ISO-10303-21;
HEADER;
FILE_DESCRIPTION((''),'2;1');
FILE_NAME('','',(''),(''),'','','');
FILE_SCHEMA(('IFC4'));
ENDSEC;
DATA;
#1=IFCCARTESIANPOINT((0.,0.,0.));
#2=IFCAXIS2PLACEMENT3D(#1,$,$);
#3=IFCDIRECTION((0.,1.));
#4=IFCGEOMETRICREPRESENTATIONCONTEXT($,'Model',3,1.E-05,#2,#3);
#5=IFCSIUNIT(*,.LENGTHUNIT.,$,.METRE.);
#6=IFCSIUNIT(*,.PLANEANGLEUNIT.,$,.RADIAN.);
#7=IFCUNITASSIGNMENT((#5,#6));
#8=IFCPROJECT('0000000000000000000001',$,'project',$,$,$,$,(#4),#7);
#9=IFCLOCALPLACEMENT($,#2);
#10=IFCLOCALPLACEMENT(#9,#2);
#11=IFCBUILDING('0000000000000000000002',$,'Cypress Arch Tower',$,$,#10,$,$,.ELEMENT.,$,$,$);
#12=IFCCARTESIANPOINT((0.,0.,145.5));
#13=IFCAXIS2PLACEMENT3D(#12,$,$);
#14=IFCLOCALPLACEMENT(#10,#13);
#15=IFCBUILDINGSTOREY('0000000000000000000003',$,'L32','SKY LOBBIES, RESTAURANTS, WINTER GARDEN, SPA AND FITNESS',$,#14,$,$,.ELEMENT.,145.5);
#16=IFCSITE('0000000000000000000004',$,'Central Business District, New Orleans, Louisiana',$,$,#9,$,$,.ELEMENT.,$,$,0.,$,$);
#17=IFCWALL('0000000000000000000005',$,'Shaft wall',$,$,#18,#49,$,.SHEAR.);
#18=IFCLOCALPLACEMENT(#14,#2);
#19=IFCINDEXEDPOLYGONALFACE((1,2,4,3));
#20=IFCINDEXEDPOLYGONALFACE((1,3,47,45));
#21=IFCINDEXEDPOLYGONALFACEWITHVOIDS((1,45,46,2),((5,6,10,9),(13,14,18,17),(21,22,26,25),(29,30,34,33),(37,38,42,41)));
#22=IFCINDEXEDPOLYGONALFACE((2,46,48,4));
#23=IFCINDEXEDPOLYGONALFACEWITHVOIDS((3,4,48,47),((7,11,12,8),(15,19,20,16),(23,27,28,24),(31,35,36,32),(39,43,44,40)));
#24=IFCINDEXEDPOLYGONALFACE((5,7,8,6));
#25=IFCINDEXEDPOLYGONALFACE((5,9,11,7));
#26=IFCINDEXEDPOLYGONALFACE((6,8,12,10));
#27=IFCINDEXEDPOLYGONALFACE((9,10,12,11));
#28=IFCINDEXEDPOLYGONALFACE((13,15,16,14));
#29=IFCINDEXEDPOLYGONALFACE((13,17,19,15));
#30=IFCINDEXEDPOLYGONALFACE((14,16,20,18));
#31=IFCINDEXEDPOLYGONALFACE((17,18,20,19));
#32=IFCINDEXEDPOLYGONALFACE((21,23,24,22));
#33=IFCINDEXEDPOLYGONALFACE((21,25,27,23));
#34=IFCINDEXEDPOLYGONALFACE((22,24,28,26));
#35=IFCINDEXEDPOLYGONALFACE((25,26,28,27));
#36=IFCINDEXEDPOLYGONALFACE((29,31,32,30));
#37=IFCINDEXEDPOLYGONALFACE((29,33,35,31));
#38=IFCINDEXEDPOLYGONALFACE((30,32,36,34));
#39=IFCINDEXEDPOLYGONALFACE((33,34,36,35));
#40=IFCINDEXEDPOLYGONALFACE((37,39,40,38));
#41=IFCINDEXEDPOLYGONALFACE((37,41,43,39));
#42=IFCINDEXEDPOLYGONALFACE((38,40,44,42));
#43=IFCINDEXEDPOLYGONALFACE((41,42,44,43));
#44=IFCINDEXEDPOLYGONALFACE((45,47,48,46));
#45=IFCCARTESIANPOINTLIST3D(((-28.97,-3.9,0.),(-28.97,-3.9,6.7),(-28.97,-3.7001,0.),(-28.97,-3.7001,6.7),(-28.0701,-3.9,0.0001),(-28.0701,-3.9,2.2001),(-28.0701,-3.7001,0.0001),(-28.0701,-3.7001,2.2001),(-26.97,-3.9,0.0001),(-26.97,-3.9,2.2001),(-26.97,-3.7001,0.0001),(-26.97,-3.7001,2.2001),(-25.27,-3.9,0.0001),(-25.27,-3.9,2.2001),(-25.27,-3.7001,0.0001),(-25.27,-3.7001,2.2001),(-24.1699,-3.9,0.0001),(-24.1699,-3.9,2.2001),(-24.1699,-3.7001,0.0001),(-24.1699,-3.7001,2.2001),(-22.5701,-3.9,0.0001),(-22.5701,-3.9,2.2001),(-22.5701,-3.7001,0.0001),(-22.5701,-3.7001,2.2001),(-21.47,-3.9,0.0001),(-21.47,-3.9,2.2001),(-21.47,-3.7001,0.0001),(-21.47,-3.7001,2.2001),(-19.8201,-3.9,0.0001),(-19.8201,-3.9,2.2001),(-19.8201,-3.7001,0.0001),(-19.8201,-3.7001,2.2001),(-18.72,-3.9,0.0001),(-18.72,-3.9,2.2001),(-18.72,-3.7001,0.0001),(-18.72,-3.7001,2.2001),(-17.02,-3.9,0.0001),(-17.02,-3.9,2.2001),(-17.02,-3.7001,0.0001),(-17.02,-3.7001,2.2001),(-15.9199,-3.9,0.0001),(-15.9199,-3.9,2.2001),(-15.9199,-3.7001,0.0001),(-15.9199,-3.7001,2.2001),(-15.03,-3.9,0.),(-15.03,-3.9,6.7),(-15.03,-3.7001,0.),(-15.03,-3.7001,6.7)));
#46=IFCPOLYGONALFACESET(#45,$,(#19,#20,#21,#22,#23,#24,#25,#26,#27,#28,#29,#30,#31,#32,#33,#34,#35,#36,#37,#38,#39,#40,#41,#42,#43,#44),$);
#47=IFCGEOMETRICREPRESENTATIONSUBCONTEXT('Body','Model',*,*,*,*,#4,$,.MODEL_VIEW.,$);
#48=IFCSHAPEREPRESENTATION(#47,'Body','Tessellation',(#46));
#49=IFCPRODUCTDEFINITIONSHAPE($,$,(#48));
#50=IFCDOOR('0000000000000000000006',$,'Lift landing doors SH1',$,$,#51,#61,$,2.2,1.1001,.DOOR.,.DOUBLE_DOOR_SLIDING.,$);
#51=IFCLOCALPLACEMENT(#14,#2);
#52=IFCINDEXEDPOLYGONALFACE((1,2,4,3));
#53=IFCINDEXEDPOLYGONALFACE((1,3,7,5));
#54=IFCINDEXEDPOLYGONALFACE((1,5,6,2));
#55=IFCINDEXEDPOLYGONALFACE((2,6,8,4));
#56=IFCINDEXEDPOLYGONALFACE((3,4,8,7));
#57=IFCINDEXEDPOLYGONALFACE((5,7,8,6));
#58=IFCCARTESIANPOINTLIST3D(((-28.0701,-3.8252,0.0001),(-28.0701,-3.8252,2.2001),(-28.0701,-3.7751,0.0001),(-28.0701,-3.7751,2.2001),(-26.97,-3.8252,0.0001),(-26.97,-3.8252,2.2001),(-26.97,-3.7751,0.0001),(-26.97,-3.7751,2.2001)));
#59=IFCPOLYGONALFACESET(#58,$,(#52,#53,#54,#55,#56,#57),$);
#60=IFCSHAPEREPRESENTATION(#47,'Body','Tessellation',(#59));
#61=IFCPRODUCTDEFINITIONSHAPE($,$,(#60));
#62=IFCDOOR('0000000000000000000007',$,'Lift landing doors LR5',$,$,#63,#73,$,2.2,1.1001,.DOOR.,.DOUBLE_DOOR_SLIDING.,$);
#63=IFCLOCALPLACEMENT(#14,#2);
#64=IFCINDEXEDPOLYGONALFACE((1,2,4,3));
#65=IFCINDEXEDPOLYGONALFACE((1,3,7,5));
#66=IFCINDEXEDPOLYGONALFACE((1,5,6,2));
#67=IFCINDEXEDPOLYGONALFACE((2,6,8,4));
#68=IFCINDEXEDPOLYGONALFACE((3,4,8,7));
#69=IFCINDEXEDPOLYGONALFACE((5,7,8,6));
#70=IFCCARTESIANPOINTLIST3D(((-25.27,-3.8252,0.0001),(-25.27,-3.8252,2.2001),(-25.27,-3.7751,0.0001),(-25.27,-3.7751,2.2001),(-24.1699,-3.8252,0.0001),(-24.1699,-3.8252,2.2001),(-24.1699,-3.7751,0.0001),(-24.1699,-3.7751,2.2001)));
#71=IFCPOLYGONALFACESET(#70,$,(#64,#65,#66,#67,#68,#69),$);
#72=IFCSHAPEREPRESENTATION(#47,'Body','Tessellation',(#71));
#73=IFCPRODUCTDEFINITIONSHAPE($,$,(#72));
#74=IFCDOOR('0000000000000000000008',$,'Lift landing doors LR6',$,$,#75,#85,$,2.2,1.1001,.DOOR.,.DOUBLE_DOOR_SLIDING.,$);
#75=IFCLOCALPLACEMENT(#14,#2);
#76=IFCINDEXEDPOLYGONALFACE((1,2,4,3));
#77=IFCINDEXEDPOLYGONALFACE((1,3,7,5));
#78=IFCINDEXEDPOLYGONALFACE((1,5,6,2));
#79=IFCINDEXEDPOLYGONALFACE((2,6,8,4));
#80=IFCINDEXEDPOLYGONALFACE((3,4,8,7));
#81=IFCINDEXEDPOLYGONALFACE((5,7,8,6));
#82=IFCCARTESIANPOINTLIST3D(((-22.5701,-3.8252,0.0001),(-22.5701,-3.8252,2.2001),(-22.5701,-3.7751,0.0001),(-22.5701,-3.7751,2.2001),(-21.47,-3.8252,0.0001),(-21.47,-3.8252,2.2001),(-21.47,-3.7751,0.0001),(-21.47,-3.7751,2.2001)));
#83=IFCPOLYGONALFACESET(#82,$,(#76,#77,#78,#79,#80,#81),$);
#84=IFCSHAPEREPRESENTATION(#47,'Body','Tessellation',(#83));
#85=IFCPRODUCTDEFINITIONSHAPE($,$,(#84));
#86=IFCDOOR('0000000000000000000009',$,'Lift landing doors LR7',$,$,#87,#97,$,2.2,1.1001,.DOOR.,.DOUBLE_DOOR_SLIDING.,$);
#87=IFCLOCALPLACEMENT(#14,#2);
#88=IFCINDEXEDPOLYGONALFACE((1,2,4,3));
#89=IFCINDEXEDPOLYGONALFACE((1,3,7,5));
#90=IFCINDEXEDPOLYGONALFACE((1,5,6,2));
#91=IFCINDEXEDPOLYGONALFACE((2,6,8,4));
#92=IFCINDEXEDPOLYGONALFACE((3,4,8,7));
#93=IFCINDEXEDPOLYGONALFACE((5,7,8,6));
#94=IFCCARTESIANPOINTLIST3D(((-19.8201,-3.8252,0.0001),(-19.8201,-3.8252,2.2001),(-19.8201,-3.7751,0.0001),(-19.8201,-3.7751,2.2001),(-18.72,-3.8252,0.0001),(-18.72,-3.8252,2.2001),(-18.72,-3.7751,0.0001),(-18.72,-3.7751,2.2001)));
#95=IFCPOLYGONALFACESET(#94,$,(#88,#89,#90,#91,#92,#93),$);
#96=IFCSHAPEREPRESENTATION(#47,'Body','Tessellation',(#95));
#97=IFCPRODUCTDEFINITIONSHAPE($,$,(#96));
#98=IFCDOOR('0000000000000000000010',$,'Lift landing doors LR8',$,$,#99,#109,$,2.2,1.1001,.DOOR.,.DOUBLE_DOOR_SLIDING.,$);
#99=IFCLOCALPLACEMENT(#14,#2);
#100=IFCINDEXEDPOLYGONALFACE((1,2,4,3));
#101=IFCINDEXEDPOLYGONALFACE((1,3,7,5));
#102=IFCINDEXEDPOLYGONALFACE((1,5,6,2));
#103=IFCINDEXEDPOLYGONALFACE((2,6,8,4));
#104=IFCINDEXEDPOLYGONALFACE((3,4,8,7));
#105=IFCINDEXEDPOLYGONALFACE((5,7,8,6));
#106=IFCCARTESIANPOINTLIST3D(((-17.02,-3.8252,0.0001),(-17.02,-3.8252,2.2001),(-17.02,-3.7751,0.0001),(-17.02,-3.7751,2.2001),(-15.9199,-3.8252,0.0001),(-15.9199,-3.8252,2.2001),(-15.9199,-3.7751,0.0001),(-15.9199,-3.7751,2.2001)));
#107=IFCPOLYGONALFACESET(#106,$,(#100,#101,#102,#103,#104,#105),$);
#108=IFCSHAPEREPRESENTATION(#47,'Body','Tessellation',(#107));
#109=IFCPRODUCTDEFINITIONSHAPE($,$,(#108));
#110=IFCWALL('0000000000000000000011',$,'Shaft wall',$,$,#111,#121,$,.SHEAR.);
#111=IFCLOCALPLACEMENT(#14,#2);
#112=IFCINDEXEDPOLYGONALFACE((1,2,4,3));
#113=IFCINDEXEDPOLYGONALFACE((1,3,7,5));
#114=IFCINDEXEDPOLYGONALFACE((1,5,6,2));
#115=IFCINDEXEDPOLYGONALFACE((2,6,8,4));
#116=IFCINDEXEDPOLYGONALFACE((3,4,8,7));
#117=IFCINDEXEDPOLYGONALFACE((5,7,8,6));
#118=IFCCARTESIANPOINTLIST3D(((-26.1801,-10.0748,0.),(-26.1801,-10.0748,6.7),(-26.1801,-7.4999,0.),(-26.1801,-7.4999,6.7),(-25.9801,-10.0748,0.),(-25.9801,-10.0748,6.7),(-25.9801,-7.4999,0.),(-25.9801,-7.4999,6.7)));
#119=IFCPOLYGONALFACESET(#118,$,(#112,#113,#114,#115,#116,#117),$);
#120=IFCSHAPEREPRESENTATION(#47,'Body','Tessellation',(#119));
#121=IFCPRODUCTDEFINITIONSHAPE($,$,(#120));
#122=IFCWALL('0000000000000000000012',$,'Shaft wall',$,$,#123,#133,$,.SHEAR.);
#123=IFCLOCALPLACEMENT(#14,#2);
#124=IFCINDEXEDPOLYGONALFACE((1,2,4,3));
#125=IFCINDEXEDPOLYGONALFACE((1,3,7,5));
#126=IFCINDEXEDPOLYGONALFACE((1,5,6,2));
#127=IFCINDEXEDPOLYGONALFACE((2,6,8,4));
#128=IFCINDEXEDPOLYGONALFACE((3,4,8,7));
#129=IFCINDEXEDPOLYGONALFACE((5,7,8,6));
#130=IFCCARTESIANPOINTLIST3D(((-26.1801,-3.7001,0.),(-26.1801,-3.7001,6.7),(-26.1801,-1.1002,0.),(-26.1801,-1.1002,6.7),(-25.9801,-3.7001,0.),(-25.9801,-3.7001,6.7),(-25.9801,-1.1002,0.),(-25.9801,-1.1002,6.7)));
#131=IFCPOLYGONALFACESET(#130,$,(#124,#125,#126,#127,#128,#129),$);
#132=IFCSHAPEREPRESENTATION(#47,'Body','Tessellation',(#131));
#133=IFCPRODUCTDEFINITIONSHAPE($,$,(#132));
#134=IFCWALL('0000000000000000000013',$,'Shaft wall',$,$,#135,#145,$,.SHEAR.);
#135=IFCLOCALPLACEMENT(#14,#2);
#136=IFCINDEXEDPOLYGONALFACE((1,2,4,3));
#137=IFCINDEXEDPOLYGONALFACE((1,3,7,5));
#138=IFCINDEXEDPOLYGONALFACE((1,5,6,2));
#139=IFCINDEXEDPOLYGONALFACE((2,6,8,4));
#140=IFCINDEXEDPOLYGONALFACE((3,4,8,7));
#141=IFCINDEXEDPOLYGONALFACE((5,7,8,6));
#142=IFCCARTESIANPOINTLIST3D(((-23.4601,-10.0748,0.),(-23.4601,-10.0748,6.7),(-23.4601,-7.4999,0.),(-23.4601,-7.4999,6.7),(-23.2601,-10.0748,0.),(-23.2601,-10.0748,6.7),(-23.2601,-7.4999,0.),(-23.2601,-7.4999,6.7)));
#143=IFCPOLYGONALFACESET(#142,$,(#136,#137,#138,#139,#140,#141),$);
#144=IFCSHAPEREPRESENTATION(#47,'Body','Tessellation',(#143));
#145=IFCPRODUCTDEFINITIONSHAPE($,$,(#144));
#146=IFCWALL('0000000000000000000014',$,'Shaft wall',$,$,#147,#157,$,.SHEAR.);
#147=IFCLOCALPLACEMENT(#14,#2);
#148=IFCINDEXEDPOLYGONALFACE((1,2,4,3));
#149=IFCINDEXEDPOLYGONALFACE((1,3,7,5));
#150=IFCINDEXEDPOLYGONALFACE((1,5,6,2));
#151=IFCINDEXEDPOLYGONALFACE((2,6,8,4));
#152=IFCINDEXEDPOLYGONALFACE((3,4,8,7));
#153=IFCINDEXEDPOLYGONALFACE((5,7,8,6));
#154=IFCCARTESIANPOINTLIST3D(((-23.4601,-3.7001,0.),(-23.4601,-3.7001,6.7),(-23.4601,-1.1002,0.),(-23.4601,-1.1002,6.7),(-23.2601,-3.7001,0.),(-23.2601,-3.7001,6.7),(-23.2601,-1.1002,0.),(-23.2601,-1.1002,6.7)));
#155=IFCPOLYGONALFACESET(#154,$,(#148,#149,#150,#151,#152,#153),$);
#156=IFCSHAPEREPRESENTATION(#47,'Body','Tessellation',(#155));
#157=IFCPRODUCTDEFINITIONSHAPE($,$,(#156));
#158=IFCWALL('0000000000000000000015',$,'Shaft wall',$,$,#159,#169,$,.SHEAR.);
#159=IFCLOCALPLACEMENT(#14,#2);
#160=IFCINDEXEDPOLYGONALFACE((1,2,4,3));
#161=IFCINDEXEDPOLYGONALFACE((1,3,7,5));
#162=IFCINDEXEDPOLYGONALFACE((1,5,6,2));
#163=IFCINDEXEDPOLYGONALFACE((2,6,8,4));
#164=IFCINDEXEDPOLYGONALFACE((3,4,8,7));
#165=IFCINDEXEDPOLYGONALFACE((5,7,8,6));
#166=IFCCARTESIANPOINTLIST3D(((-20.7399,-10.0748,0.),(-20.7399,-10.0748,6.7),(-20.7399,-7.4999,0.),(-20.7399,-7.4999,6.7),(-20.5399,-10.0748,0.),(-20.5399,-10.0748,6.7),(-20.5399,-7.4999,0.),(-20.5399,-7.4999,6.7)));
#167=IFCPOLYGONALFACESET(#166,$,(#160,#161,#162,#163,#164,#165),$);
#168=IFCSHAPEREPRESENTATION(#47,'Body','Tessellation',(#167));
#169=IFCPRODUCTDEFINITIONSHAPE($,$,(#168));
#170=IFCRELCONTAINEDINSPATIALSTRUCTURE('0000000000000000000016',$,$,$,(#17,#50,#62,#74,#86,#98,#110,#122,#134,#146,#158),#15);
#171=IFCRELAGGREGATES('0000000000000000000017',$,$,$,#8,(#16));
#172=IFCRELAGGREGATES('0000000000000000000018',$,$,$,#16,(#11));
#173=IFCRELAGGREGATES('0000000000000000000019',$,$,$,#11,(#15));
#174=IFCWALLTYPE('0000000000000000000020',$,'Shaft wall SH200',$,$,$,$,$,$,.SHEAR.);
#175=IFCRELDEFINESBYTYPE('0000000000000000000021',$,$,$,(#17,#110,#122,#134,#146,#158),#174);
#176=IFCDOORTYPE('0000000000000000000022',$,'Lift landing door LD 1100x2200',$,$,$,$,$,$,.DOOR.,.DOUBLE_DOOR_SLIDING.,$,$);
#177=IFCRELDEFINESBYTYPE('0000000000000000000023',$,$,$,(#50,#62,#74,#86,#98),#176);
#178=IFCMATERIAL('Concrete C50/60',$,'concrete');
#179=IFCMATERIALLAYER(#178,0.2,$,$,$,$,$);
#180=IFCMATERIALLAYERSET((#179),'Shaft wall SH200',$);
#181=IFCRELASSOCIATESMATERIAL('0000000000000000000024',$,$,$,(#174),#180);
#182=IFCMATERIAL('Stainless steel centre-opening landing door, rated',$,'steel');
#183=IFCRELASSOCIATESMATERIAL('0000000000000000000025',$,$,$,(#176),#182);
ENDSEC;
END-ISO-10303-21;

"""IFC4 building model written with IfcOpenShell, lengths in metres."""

from ifc_helpers import new_model, si_unit, direction, frame, frame_2d, origin, place, context, subcontext, project, spatial, rectangle, extrude, material, layer, layer_set, type_object, element, fill, save


model = new_model("IFC4")

# Units and contexts
model_context = context("Model", 3, precision=1e-05, world=origin(), true_north=direction((0.0, 1.0)))
body_context = subcontext(model_context, "Body", "Model", "MODEL_VIEW")
ifc_project = project(units=[si_unit("LENGTHUNIT", "METRE"), si_unit("PLANEANGLEUNIT", "RADIAN")], contexts=[model_context])

# Site, building, storey
site_placement = place(None, origin())
site = spatial("IfcSite", under=ifc_project, at=site_placement, Name="Central Business District, New Orleans, Louisiana", CompositionType="ELEMENT", RefElevation=0.0)
building_placement = place(site_placement, origin())
building = spatial("IfcBuilding", under=site, at=building_placement, Name="Cypress Arch Tower", CompositionType="ELEMENT")
storey_placement = place(building_placement, frame((0.0, 0.0, 145.5)))
storey = spatial("IfcBuildingStorey", under=building, at=storey_placement, Name="L32", Description="SKY LOBBIES, RESTAURANTS, WINTER GARDEN, SPA AND FITNESS", CompositionType="ELEMENT", Elevation=145.5)

# Wall, openings, doors
ifc_material_1 = material(Name="Concrete C50/60", Category="concrete")
ifc_layer_1 = layer(ifc_material_1, 0.2)
ifc_layer_set_1 = layer_set([ifc_layer_1], Name="Shaft wall SH200")
wall_type_1 = type_object("IfcWallType", Name="Shaft wall SH200", PredefinedType="SHEAR", material=ifc_layer_set_1)
ifc_material_2 = material(Name="Stainless steel centre-opening landing door, rated", Category="steel")
door_type = type_object("IfcDoorType", Name="Lift landing door LD 1100x2200", OperationType="DOUBLE_DOOR_SLIDING", PredefinedType="DOOR", material=ifc_material_2)
wall_1_placement = place(storey_placement, frame((-28.97, -3.8, 0.0), z_axis=(0.0, 0.0, 1.0), x_axis=(1.0, 0.0, 0.0)))
wall_1 = element("IfcWall", 1, at=wall_1_placement, inside=storey, type_object=wall_type_1, Name="Shaft wall", PredefinedType="SHEAR", context=body_context, shape_type="SweptSolid", body=[
    extrude(rectangle(XDim=13.9399, YDim=0.2, at=frame_2d((6.97, 0.0))), origin(), (0.0, 0.0, 1.0), 6.7),
])
opening_1_placement = place(wall_1_placement, frame((0.8999, 0.0, 0.0)))
opening_1 = element("IfcOpeningElement", 2, at=opening_1_placement, cuts=wall_1, PredefinedType="OPENING", context=body_context, shape_type="SweptSolid", body=[
    extrude(rectangle(XDim=1.1001, YDim=2.2, at=frame_2d((0.55, 1.1001))), frame((0.0, 0.1099, 0.0), z_axis=(0.0, -1.0, 0.0), x_axis=(1.0, 0.0, 0.0)), (0.0, 0.0, 1.0), 0.22),
])
opening_2_placement = place(wall_1_placement, frame((3.7, 0.0, 0.0)))
opening_2 = element("IfcOpeningElement", 3, at=opening_2_placement, cuts=wall_1, PredefinedType="OPENING", context=body_context, shape_type="SweptSolid", body=[
    extrude(rectangle(XDim=1.1001, YDim=2.2, at=frame_2d((0.55, 1.1001))), frame((0.0, 0.1099, 0.0), z_axis=(0.0, -1.0, 0.0), x_axis=(1.0, 0.0, 0.0)), (0.0, 0.0, 1.0), 0.22),
])
opening_3_placement = place(wall_1_placement, frame((6.3999, 0.0, 0.0)))
opening_3 = element("IfcOpeningElement", 4, at=opening_3_placement, cuts=wall_1, PredefinedType="OPENING", context=body_context, shape_type="SweptSolid", body=[
    extrude(rectangle(XDim=1.1001, YDim=2.2, at=frame_2d((0.55, 1.1001))), frame((0.0, 0.1099, 0.0), z_axis=(0.0, -1.0, 0.0), x_axis=(1.0, 0.0, 0.0)), (0.0, 0.0, 1.0), 0.22),
])
opening_4_placement = place(wall_1_placement, frame((9.1499, 0.0, 0.0)))
opening_4 = element("IfcOpeningElement", 5, at=opening_4_placement, cuts=wall_1, PredefinedType="OPENING", context=body_context, shape_type="SweptSolid", body=[
    extrude(rectangle(XDim=1.1001, YDim=2.2, at=frame_2d((0.55, 1.1001))), frame((0.0, 0.1099, 0.0), z_axis=(0.0, -1.0, 0.0), x_axis=(1.0, 0.0, 0.0)), (0.0, 0.0, 1.0), 0.22),
])
opening_5_placement = place(wall_1_placement, frame((11.95, 0.0, 0.0)))
opening_5 = element("IfcOpeningElement", 6, at=opening_5_placement, cuts=wall_1, PredefinedType="OPENING", context=body_context, shape_type="SweptSolid", body=[
    extrude(rectangle(XDim=1.1001, YDim=2.2, at=frame_2d((0.55, 1.1001))), frame((0.0, 0.1099, 0.0), z_axis=(0.0, -1.0, 0.0), x_axis=(1.0, 0.0, 0.0)), (0.0, 0.0, 1.0), 0.22),
])
door_1_placement = place(opening_1_placement, origin())
door_1 = element("IfcDoor", 7, at=door_1_placement, inside=storey, type_object=door_type, Name="Lift landing doors SH1", OperationType="DOUBLE_DOOR_SLIDING", OverallHeight=2.2, OverallWidth=1.1001, PredefinedType="DOOR", context=body_context, shape_type="SweptSolid", body=[
    extrude(rectangle(XDim=1.1001, YDim=2.2, at=frame_2d((0.55, 1.1001))), frame((0.0, 0.0249, 0.0), z_axis=(0.0, -1.0, 0.0), x_axis=(1.0, 0.0, 0.0)), (0.0, 0.0, 1.0), 0.05),
])
fill(opening_1, door_1)
door_2_placement = place(opening_2_placement, origin())
door_2 = element("IfcDoor", 8, at=door_2_placement, inside=storey, type_object=door_type, Name="Lift landing doors LR5", OperationType="DOUBLE_DOOR_SLIDING", OverallHeight=2.2, OverallWidth=1.1001, PredefinedType="DOOR", context=body_context, shape_type="SweptSolid", body=[
    extrude(rectangle(XDim=1.1001, YDim=2.2, at=frame_2d((0.55, 1.1001))), frame((0.0, 0.0249, 0.0), z_axis=(0.0, -1.0, 0.0), x_axis=(1.0, 0.0, 0.0)), (0.0, 0.0, 1.0), 0.05),
])
fill(opening_2, door_2)
door_3_placement = place(opening_3_placement, origin())
door_3 = element("IfcDoor", 9, at=door_3_placement, inside=storey, type_object=door_type, Name="Lift landing doors LR6", OperationType="DOUBLE_DOOR_SLIDING", OverallHeight=2.2, OverallWidth=1.1001, PredefinedType="DOOR", context=body_context, shape_type="SweptSolid", body=[
    extrude(rectangle(XDim=1.1001, YDim=2.2, at=frame_2d((0.55, 1.1001))), frame((0.0, 0.0249, 0.0), z_axis=(0.0, -1.0, 0.0), x_axis=(1.0, 0.0, 0.0)), (0.0, 0.0, 1.0), 0.05),
])
fill(opening_3, door_3)
door_4_placement = place(opening_4_placement, origin())
door_4 = element("IfcDoor", 10, at=door_4_placement, inside=storey, type_object=door_type, Name="Lift landing doors LR7", OperationType="DOUBLE_DOOR_SLIDING", OverallHeight=2.2, OverallWidth=1.1001, PredefinedType="DOOR", context=body_context, shape_type="SweptSolid", body=[
    extrude(rectangle(XDim=1.1001, YDim=2.2, at=frame_2d((0.55, 1.1001))), frame((0.0, 0.0249, 0.0), z_axis=(0.0, -1.0, 0.0), x_axis=(1.0, 0.0, 0.0)), (0.0, 0.0, 1.0), 0.05),
])
fill(opening_4, door_4)
door_5_placement = place(opening_5_placement, origin())
door_5 = element("IfcDoor", 11, at=door_5_placement, inside=storey, type_object=door_type, Name="Lift landing doors LR8", OperationType="DOUBLE_DOOR_SLIDING", OverallHeight=2.2, OverallWidth=1.1001, PredefinedType="DOOR", context=body_context, shape_type="SweptSolid", body=[
    extrude(rectangle(XDim=1.1001, YDim=2.2, at=frame_2d((0.55, 1.1001))), frame((0.0, 0.0249, 0.0), z_axis=(0.0, -1.0, 0.0), x_axis=(1.0, 0.0, 0.0)), (0.0, 0.0, 1.0), 0.05),
])
fill(opening_5, door_5)

# Walls
wall_2_placement = place(storey_placement, frame((-26.0801, -10.075, 0.0), z_axis=(0.0, 0.0, 1.0), x_axis=(0.0, 1.0, 0.0)))
element("IfcWall", 12, at=wall_2_placement, inside=storey, type_object=wall_type_1, Name="Shaft wall", PredefinedType="SHEAR", context=body_context, shape_type="SweptSolid", body=[
    extrude(rectangle(XDim=2.575, YDim=0.2, at=frame_2d((1.2876, 0.0))), origin(), (0.0, 0.0, 1.0), 6.7),
])
wall_3_placement = place(storey_placement, frame((-26.0801, -3.7, 0.0), z_axis=(0.0, 0.0, 1.0), x_axis=(0.0, 1.0, 0.0)))
element("IfcWall", 13, at=wall_3_placement, inside=storey, type_object=wall_type_1, Name="Shaft wall", PredefinedType="SHEAR", context=body_context, shape_type="SweptSolid", body=[
    extrude(rectangle(XDim=2.5999, YDim=0.2, at=frame_2d((1.2998, 0.0))), origin(), (0.0, 0.0, 1.0), 6.7),
])
wall_4_placement = place(storey_placement, frame((-23.3601, -10.075, 0.0), z_axis=(0.0, 0.0, 1.0), x_axis=(0.0, 1.0, 0.0)))
element("IfcWall", 14, at=wall_4_placement, inside=storey, type_object=wall_type_1, Name="Shaft wall", PredefinedType="SHEAR", context=body_context, shape_type="SweptSolid", body=[
    extrude(rectangle(XDim=2.575, YDim=0.2, at=frame_2d((1.2876, 0.0))), origin(), (0.0, 0.0, 1.0), 6.7),
])
wall_5_placement = place(storey_placement, frame((-23.3601, -3.7, 0.0), z_axis=(0.0, 0.0, 1.0), x_axis=(0.0, 1.0, 0.0)))
element("IfcWall", 15, at=wall_5_placement, inside=storey, type_object=wall_type_1, Name="Shaft wall", PredefinedType="SHEAR", context=body_context, shape_type="SweptSolid", body=[
    extrude(rectangle(XDim=2.5999, YDim=0.2, at=frame_2d((1.2998, 0.0))), origin(), (0.0, 0.0, 1.0), 6.7),
])
wall_6_placement = place(storey_placement, frame((-20.6399, -10.075, 0.0), z_axis=(0.0, 0.0, 1.0), x_axis=(0.0, 1.0, 0.0)))
element("IfcWall", 16, at=wall_6_placement, inside=storey, type_object=wall_type_1, Name="Shaft wall", PredefinedType="SHEAR", context=body_context, shape_type="SweptSolid", body=[
    extrude(rectangle(XDim=2.575, YDim=0.2, at=frame_2d((1.2876, 0.0))), origin(), (0.0, 0.0, 1.0), 6.7),
])

save(model, "model.ifc")
